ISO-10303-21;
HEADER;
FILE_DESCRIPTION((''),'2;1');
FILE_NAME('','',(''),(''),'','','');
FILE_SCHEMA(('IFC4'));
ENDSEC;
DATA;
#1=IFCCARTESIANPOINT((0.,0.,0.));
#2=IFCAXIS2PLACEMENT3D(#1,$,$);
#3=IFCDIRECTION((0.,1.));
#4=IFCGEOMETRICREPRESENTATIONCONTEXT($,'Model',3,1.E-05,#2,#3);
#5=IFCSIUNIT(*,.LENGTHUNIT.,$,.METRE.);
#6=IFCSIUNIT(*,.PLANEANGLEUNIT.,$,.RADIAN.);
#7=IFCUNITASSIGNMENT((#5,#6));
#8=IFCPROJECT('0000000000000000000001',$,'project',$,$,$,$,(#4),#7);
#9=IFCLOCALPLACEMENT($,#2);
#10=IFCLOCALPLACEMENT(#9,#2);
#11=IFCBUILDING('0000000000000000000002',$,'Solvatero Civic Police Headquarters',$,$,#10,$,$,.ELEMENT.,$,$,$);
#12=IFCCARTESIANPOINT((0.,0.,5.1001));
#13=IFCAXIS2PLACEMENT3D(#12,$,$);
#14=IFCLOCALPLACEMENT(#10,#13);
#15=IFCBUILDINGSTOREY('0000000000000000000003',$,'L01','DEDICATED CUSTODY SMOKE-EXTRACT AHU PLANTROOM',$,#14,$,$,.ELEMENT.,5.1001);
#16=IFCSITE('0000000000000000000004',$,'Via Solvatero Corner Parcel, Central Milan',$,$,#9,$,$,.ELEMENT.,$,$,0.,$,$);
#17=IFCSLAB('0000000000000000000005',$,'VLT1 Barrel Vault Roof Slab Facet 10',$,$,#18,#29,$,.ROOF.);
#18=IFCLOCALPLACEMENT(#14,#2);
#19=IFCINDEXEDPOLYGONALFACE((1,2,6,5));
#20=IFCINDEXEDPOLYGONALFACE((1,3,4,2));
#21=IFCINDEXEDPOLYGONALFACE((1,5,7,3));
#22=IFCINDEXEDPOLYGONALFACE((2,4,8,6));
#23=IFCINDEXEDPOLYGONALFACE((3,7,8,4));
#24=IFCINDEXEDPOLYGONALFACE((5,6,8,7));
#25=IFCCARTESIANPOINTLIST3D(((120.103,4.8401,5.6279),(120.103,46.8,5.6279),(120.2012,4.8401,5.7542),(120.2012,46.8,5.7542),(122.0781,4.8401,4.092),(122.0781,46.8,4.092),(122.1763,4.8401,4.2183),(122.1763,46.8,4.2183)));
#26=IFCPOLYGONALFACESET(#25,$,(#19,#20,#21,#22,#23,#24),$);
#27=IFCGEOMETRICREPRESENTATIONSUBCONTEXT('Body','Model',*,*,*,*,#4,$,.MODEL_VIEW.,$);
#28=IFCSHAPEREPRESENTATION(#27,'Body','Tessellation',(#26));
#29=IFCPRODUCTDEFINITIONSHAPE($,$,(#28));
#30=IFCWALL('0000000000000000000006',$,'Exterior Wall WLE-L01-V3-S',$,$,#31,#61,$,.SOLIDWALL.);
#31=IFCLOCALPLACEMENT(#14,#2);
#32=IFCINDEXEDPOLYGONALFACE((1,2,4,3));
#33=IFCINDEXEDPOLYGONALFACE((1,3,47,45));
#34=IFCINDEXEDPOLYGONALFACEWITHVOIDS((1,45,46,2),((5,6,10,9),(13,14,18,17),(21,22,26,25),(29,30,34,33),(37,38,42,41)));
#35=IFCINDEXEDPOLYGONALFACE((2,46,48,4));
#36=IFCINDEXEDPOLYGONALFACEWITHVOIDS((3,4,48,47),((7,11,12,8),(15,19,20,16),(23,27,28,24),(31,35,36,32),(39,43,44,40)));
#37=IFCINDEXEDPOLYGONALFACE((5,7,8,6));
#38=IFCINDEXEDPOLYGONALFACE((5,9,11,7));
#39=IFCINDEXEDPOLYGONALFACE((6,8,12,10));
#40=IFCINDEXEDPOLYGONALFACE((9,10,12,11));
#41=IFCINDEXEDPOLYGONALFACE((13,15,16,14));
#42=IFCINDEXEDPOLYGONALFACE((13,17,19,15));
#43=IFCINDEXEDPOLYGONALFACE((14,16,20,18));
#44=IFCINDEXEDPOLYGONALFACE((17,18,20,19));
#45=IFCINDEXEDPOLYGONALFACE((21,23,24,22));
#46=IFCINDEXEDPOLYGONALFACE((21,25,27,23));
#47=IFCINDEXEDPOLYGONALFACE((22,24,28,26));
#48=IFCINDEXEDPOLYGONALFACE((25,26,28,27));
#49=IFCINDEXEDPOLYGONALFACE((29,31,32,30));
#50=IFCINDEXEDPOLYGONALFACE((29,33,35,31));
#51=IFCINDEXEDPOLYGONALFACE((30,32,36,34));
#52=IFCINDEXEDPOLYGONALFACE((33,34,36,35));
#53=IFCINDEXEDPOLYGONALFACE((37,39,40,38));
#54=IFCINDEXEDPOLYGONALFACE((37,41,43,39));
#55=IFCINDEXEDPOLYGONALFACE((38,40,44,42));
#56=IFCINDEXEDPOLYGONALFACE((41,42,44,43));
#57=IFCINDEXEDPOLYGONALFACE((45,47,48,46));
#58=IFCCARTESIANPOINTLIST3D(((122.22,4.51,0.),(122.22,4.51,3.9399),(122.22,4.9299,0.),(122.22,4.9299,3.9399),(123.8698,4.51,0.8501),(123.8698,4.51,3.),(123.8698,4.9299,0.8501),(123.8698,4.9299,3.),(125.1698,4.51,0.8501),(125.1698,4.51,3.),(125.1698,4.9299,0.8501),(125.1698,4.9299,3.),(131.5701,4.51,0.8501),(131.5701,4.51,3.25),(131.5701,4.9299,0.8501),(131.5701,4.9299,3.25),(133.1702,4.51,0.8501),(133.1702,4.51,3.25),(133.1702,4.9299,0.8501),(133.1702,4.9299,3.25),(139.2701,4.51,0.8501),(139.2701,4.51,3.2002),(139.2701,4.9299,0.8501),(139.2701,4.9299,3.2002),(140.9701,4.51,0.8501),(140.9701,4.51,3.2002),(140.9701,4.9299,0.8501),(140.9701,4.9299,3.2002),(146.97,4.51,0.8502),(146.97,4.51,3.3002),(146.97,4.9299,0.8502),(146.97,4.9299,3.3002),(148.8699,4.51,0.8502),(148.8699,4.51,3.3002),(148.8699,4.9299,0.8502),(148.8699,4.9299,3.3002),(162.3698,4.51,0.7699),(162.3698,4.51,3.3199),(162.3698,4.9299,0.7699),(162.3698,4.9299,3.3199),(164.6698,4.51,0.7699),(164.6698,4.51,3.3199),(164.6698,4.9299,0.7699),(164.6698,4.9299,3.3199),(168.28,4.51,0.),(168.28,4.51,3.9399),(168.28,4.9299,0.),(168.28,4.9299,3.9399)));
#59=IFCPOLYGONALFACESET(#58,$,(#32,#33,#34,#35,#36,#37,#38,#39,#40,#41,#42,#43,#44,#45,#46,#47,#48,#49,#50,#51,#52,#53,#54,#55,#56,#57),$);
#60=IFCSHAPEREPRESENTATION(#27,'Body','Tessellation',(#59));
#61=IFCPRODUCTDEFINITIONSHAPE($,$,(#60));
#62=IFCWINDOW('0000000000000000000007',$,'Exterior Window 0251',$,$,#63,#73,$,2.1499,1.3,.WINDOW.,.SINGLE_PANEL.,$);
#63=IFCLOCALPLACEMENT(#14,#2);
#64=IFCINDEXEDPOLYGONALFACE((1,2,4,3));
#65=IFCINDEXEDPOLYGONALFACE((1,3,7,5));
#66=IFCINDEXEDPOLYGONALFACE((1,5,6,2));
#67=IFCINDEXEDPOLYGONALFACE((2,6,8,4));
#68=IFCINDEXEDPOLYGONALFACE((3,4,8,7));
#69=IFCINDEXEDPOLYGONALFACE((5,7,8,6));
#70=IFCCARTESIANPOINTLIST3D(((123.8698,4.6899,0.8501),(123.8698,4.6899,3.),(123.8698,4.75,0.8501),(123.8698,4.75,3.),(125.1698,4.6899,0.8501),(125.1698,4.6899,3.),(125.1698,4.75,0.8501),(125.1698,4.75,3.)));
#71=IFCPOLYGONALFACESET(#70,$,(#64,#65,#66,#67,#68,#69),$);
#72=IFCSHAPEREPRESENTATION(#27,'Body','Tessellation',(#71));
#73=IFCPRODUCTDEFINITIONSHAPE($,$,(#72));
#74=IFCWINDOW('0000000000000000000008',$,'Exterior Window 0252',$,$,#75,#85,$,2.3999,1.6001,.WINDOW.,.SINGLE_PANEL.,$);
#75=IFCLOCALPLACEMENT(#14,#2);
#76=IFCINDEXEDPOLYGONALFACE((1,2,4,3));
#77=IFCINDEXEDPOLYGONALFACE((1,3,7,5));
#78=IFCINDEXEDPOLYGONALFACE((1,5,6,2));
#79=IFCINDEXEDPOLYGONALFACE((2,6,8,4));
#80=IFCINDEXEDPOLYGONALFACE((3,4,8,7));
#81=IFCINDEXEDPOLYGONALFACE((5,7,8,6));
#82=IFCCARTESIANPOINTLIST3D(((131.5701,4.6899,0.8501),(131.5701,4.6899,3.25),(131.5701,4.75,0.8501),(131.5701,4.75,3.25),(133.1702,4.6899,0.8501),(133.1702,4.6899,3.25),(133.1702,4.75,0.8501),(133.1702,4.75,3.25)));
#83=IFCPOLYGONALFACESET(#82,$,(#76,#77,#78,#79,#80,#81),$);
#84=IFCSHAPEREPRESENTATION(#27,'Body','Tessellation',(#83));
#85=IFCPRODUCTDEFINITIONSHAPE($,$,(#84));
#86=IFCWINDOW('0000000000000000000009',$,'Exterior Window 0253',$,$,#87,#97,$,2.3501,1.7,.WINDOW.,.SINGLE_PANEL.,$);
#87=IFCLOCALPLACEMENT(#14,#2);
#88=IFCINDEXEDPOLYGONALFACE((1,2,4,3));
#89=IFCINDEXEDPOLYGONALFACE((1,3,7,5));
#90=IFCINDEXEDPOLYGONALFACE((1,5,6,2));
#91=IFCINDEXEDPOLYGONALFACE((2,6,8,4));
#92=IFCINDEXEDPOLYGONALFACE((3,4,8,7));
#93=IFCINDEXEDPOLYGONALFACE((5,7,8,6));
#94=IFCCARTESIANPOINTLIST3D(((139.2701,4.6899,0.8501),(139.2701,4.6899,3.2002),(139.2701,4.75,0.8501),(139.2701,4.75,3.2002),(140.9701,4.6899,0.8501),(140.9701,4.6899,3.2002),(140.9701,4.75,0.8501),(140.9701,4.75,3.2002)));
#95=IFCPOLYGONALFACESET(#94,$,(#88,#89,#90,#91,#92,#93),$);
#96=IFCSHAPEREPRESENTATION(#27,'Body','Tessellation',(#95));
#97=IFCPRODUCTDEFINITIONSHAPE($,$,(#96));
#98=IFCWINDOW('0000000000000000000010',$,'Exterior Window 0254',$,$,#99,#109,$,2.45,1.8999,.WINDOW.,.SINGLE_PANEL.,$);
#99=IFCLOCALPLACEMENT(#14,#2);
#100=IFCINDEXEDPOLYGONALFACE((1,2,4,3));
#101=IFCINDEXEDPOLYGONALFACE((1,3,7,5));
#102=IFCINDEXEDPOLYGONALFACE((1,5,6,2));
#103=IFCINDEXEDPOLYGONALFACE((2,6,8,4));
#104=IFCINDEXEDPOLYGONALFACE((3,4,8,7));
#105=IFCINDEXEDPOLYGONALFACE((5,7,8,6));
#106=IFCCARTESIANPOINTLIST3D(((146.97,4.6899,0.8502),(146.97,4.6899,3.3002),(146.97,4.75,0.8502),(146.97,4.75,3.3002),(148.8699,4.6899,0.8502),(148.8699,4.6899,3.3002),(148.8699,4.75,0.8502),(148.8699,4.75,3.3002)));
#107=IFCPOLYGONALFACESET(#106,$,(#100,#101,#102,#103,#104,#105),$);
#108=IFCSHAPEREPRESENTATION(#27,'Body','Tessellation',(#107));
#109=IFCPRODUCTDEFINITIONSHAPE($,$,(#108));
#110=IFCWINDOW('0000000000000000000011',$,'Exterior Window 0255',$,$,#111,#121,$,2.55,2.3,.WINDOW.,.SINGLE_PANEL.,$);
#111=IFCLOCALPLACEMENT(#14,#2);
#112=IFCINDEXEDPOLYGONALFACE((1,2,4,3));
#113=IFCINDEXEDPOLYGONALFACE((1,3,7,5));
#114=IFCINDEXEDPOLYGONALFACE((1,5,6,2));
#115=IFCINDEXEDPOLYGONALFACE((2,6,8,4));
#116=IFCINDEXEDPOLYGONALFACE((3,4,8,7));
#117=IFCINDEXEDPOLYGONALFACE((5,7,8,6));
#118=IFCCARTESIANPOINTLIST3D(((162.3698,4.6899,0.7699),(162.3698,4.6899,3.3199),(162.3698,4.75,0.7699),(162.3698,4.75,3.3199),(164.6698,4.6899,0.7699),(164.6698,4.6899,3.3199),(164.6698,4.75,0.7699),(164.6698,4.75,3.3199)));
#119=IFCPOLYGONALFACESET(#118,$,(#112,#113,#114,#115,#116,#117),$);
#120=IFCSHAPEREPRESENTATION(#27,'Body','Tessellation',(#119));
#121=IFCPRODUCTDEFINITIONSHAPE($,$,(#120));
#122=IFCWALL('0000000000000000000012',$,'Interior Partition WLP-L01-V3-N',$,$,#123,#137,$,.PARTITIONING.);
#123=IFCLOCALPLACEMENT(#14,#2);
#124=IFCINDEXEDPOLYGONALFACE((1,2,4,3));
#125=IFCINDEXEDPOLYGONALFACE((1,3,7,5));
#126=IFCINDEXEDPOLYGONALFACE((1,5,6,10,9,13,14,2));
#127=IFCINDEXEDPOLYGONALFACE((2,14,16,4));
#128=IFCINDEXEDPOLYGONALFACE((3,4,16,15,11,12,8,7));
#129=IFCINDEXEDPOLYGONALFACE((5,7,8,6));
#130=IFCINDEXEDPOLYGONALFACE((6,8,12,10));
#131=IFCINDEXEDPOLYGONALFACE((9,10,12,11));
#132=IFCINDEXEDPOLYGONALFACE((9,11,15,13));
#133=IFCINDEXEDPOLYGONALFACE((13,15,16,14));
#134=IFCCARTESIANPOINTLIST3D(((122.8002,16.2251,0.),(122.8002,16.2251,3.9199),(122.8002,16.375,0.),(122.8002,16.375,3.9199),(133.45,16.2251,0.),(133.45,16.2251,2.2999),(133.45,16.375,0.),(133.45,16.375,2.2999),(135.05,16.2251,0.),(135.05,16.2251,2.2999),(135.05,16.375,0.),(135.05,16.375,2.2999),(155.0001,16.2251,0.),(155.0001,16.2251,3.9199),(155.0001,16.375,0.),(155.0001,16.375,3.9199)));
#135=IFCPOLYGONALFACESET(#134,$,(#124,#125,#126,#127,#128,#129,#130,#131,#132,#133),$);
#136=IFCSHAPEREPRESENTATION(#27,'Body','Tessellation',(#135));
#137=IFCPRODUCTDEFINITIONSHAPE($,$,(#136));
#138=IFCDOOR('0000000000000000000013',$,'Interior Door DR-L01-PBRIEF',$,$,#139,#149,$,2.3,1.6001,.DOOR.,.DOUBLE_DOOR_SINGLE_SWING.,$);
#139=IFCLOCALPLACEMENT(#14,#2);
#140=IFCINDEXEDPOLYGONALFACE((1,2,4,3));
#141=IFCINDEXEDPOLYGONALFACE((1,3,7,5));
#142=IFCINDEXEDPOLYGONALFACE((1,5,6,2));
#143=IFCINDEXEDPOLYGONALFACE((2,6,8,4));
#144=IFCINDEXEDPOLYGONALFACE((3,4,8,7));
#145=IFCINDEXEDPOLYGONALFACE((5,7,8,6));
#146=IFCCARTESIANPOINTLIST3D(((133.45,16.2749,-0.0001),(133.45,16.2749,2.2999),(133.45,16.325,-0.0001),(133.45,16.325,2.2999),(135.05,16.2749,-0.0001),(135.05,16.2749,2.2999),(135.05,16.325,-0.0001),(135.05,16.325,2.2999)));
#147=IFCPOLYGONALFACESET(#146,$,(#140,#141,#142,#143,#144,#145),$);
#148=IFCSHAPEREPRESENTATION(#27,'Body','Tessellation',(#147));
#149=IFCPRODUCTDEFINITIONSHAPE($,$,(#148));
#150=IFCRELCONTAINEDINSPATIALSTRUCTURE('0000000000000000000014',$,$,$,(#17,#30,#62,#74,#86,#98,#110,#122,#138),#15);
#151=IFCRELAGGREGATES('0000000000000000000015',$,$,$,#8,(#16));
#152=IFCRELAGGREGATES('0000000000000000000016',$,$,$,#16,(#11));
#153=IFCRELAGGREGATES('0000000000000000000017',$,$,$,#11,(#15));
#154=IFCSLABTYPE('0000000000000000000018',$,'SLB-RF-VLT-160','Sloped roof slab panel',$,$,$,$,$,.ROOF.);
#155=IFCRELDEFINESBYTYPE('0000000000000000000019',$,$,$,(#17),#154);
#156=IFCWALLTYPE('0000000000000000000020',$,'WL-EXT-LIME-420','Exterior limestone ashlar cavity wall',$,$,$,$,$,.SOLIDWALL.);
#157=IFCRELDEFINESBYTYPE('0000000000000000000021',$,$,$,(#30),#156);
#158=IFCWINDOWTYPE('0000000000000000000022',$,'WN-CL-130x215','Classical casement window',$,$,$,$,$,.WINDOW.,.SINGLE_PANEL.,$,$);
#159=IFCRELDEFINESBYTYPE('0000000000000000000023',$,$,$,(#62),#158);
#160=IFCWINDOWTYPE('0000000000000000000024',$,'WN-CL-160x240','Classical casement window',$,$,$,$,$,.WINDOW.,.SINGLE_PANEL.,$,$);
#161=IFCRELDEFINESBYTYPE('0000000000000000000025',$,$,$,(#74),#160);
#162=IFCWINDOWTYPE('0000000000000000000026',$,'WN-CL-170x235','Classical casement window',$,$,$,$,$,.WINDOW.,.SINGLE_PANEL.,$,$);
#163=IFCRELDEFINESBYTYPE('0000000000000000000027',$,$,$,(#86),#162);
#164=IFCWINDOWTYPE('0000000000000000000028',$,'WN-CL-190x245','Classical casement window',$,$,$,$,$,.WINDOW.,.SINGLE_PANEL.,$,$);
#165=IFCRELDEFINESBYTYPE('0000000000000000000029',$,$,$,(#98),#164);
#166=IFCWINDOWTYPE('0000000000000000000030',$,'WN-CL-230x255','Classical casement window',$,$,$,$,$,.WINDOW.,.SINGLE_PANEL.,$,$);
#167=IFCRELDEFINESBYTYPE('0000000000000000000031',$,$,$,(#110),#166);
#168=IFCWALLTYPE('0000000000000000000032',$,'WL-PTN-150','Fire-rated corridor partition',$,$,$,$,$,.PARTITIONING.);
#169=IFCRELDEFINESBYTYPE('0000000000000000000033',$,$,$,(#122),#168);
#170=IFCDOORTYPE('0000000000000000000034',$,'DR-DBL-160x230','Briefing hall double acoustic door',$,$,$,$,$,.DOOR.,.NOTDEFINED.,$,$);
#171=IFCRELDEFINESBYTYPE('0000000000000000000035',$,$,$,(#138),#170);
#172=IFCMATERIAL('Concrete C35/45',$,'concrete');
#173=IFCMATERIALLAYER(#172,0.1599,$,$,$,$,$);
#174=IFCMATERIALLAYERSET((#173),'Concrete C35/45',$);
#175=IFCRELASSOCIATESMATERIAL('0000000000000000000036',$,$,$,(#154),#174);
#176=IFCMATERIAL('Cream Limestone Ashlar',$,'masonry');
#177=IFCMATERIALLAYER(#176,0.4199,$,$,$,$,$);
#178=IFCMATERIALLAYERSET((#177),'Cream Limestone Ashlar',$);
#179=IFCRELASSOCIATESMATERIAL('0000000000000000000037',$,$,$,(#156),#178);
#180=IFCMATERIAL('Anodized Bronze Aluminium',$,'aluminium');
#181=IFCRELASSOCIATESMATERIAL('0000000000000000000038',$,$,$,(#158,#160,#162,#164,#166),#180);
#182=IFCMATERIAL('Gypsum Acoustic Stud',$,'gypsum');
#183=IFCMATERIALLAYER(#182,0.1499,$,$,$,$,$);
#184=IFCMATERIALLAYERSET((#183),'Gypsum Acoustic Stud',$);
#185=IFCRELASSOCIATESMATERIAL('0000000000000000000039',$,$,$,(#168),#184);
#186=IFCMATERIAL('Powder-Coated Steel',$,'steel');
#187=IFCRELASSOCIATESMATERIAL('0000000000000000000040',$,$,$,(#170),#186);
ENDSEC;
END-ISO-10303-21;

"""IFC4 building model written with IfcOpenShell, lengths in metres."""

from ifc_helpers import new_model, si_unit, direction, frame, frame_2d, origin, place, context, subcontext, project, spatial, polyline, rectangle, outline, extrude, material, layer, layer_set, type_object, element, fill, save


model = new_model("IFC4")

# Units and contexts
model_context = context("Model", 3, precision=1e-05, world=origin(), true_north=direction((0.0, 1.0)))
body_context = subcontext(model_context, "Body", "Model", "MODEL_VIEW")
ifc_project = project(units=[si_unit("LENGTHUNIT", "METRE"), si_unit("PLANEANGLEUNIT", "RADIAN")], contexts=[model_context])

# Site, building, storey
site_placement = place(None, origin())
site = spatial("IfcSite", under=ifc_project, at=site_placement, Name="Via Solvatero Corner Parcel, Central Milan", CompositionType="ELEMENT", RefElevation=0.0)
building_placement = place(site_placement, origin())
building = spatial("IfcBuilding", under=site, at=building_placement, Name="Solvatero Civic Police Headquarters", CompositionType="ELEMENT")
storey_placement = place(building_placement, frame((0.0, 0.0, 5.1001)))
storey = spatial("IfcBuildingStorey", under=building, at=storey_placement, Name="L01", Description="DEDICATED CUSTODY SMOKE-EXTRACT AHU PLANTROOM", CompositionType="ELEMENT", Elevation=5.1001)

# Shared definitions
ifc_material_1 = material(Name="Anodized Bronze Aluminium", Category="aluminium")

# Slab
ifc_material_2 = material(Name="Concrete C35/45", Category="concrete")
ifc_layer_1 = layer(ifc_material_2, 0.1599)
ifc_layer_set_1 = layer_set([ifc_layer_1], Name="Concrete C35/45")
slab_type_1 = type_object("IfcSlabType", Name="SLB-RF-VLT-160", Description="Sloped roof slab panel", PredefinedType="ROOF", material=ifc_layer_set_1)
slab_1_placement = place(storey_placement, frame((120.2012, 4.8401, 5.7542), z_axis=(0.613866, 0.0, 0.78941), x_axis=(0.78941, 0.0, -0.613866)))
element("IfcSlab", 1, at=slab_1_placement, inside=storey, type_object=slab_type_1, Name="VLT1 Barrel Vault Roof Slab Facet 10", PredefinedType="ROOF", context=body_context, shape_type="SweptSolid", body=[
    extrude(outline(polyline([(0.0, 0.0), (2.502, 0.0), (2.502, 41.96), (0.0, 41.96), (0.0, 0.0)])), origin(), (0.0, 0.0, -1.0), 0.1599),
])

# Wall, openings, windows
ifc_material_3 = material(Name="Cream Limestone Ashlar", Category="masonry")
ifc_layer_2 = layer(ifc_material_3, 0.4199)
ifc_layer_set_2 = layer_set([ifc_layer_2], Name="Cream Limestone Ashlar")
wall_type_1 = type_object("IfcWallType", Name="WL-EXT-LIME-420", Description="Exterior limestone ashlar cavity wall", PredefinedType="SOLIDWALL", material=ifc_layer_set_2)
wall_1_placement = place(storey_placement, frame((122.22, 4.72, 0.0), z_axis=(0.0, 0.0, 1.0), x_axis=(1.0, 0.0, 0.0)))
wall_1 = element("IfcWall", 2, at=wall_1_placement, inside=storey, type_object=wall_type_1, Name="Exterior Wall WLE-L01-V3-S", PredefinedType="SOLIDWALL", context=body_context, shape_type="SweptSolid", body=[
    extrude(rectangle(XDim=46.0601, YDim=0.4199, at=frame_2d((23.03, 0.0))), origin(), (0.0, 0.0, 1.0), 3.9399),
])
opening_1_placement = place(wall_1_placement, frame((1.6499, 0.0, 0.8501)))
opening_1 = element("IfcOpeningElement", 3, at=opening_1_placement, cuts=wall_1, PredefinedType="OPENING", context=body_context, shape_type="SweptSolid", body=[
    extrude(rectangle(XDim=1.3, YDim=2.1499, at=frame_2d((0.6499, 1.075))), frame((0.0, 0.22, 0.0), z_axis=(0.0, -1.0, 0.0), x_axis=(1.0, 0.0, 0.0)), (0.0, 0.0, 1.0), 0.4399),
])
opening_2_placement = place(wall_1_placement, frame((9.3501, 0.0, 0.8501)))
opening_2 = element("IfcOpeningElement", 4, at=opening_2_placement, cuts=wall_1, PredefinedType="OPENING", context=body_context, shape_type="SweptSolid", body=[
    extrude(rectangle(XDim=1.6001, YDim=2.3999, at=frame_2d((0.8, 1.2))), frame((0.0, 0.22, 0.0), z_axis=(0.0, -1.0, 0.0), x_axis=(1.0, 0.0, 0.0)), (0.0, 0.0, 1.0), 0.4399),
])
opening_3_placement = place(wall_1_placement, frame((17.05, 0.0, 0.8501)))
opening_3 = element("IfcOpeningElement", 5, at=opening_3_placement, cuts=wall_1, PredefinedType="OPENING", context=body_context, shape_type="SweptSolid", body=[
    extrude(rectangle(XDim=1.7, YDim=2.3501, at=frame_2d((0.8501, 1.175))), frame((0.0, 0.22, 0.0), z_axis=(0.0, -1.0, 0.0), x_axis=(1.0, 0.0, 0.0)), (0.0, 0.0, 1.0), 0.4399),
])
opening_4_placement = place(wall_1_placement, frame((24.75, 0.0, 0.8501)))
opening_4 = element("IfcOpeningElement", 6, at=opening_4_placement, cuts=wall_1, PredefinedType="OPENING", context=body_context, shape_type="SweptSolid", body=[
    extrude(rectangle(XDim=1.8999, YDim=2.45, at=frame_2d((0.95, 1.2251))), frame((0.0, 0.22, 0.0), z_axis=(0.0, -1.0, 0.0), x_axis=(1.0, 0.0, 0.0)), (0.0, 0.0, 1.0), 0.4399),
])
opening_5_placement = place(wall_1_placement, frame((40.1499, 0.0, 0.77)))
opening_5 = element("IfcOpeningElement", 7, at=opening_5_placement, cuts=wall_1, PredefinedType="OPENING", context=body_context, shape_type="SweptSolid", body=[
    extrude(rectangle(XDim=2.3, YDim=2.55, at=frame_2d((1.1499, 1.2749))), frame((0.0, 0.22, 0.0), z_axis=(0.0, -1.0, 0.0), x_axis=(1.0, 0.0, 0.0)), (0.0, 0.0, 1.0), 0.4399),
])
window_type_1 = type_object("IfcWindowType", Name="WN-CL-130x215", Description="Classical casement window", PartitioningType="SINGLE_PANEL", PredefinedType="WINDOW", material=ifc_material_1)
window_1_placement = place(opening_1_placement, origin())
window_1 = element("IfcWindow", 8, at=window_1_placement, inside=storey, type_object=window_type_1, Name="Exterior Window 0251", OverallHeight=2.1499, OverallWidth=1.3, PartitioningType="SINGLE_PANEL", PredefinedType="WINDOW", context=body_context, shape_type="SweptSolid", body=[
    extrude(rectangle(XDim=1.3, YDim=2.1499, at=frame_2d((0.6499, 1.075))), frame((0.0, 0.03, 0.0), z_axis=(0.0, -1.0, 0.0), x_axis=(1.0, 0.0, 0.0)), (0.0, 0.0, 1.0), 0.0601),
])
fill(opening_1, window_1)
window_type_2 = type_object("IfcWindowType", Name="WN-CL-160x240", Description="Classical casement window", PartitioningType="SINGLE_PANEL", PredefinedType="WINDOW", material=ifc_material_1)
window_2_placement = place(opening_2_placement, origin())
window_2 = element("IfcWindow", 9, at=window_2_placement, inside=storey, type_object=window_type_2, Name="Exterior Window 0252", OverallHeight=2.3999, OverallWidth=1.6001, PartitioningType="SINGLE_PANEL", PredefinedType="WINDOW", context=body_context, shape_type="SweptSolid", body=[
    extrude(rectangle(XDim=1.6001, YDim=2.3999, at=frame_2d((0.8, 1.2))), frame((0.0, 0.03, 0.0), z_axis=(0.0, -1.0, 0.0), x_axis=(1.0, 0.0, 0.0)), (0.0, 0.0, 1.0), 0.0601),
])
fill(opening_2, window_2)
window_type_3 = type_object("IfcWindowType", Name="WN-CL-170x235", Description="Classical casement window", PartitioningType="SINGLE_PANEL", PredefinedType="WINDOW", material=ifc_material_1)
window_3_placement = place(opening_3_placement, origin())
window_3 = element("IfcWindow", 10, at=window_3_placement, inside=storey, type_object=window_type_3, Name="Exterior Window 0253", OverallHeight=2.3501, OverallWidth=1.7, PartitioningType="SINGLE_PANEL", PredefinedType="WINDOW", context=body_context, shape_type="SweptSolid", body=[
    extrude(rectangle(XDim=1.7, YDim=2.3501, at=frame_2d((0.8501, 1.175))), frame((0.0, 0.03, 0.0), z_axis=(0.0, -1.0, 0.0), x_axis=(1.0, 0.0, 0.0)), (0.0, 0.0, 1.0), 0.0601),
])
fill(opening_3, window_3)
window_type_4 = type_object("IfcWindowType", Name="WN-CL-190x245", Description="Classical casement window", PartitioningType="SINGLE_PANEL", PredefinedType="WINDOW", material=ifc_material_1)
window_4_placement = place(opening_4_placement, origin())
window_4 = element("IfcWindow", 11, at=window_4_placement, inside=storey, type_object=window_type_4, Name="Exterior Window 0254", OverallHeight=2.45, OverallWidth=1.8999, PartitioningType="SINGLE_PANEL", PredefinedType="WINDOW", context=body_context, shape_type="SweptSolid", body=[
    extrude(rectangle(XDim=1.8999, YDim=2.45, at=frame_2d((0.95, 1.2251))), frame((0.0, 0.03, 0.0), z_axis=(0.0, -1.0, 0.0), x_axis=(1.0, 0.0, 0.0)), (0.0, 0.0, 1.0), 0.0601),
])
fill(opening_4, window_4)
window_type_5 = type_object("IfcWindowType", Name="WN-CL-230x255", Description="Classical casement window", PartitioningType="SINGLE_PANEL", PredefinedType="WINDOW", material=ifc_material_1)
window_5_placement = place(opening_5_placement, origin())
window_5 = element("IfcWindow", 12, at=window_5_placement, inside=storey, type_object=window_type_5, Name="Exterior Window 0255", OverallHeight=2.55, OverallWidth=2.3, PartitioningType="SINGLE_PANEL", PredefinedType="WINDOW", context=body_context, shape_type="SweptSolid", body=[
    extrude(rectangle(XDim=2.3, YDim=2.55, at=frame_2d((1.1499, 1.2749))), frame((0.0, 0.03, 0.0), z_axis=(0.0, -1.0, 0.0), x_axis=(1.0, 0.0, 0.0)), (0.0, 0.0, 1.0), 0.0601),
])
fill(opening_5, window_5)

# Wall, opening, door
ifc_material_4 = material(Name="Gypsum Acoustic Stud", Category="gypsum")
ifc_layer_3 = layer(ifc_material_4, 0.1499)
ifc_layer_set_3 = layer_set([ifc_layer_3], Name="Gypsum Acoustic Stud")
wall_type_2 = type_object("IfcWallType", Name="WL-PTN-150", Description="Fire-rated corridor partition", PredefinedType="PARTITIONING", material=ifc_layer_set_3)
wall_2_placement = place(storey_placement, frame((122.8, 16.3, 0.0), z_axis=(0.0, 0.0, 1.0), x_axis=(1.0, 0.0, 0.0)))
wall_2 = element("IfcWall", 13, at=wall_2_placement, inside=storey, type_object=wall_type_2, Name="Interior Partition WLP-L01-V3-N", PredefinedType="PARTITIONING", context=body_context, shape_type="SweptSolid", body=[
    extrude(rectangle(XDim=32.2, YDim=0.1499, at=frame_2d((16.1001, 0.0))), origin(), (0.0, 0.0, 1.0), 3.9199),
])
opening_6_placement = place(wall_2_placement, frame((10.6499, 0.0, 0.0)))
opening_6 = element("IfcOpeningElement", 14, at=opening_6_placement, cuts=wall_2, PredefinedType="OPENING", context=body_context, shape_type="SweptSolid", body=[
    extrude(rectangle(XDim=1.6001, YDim=2.3, at=frame_2d((0.8, 1.1499))), frame((0.0, 0.085, 0.0), z_axis=(0.0, -1.0, 0.0), x_axis=(1.0, 0.0, 0.0)), (0.0, 0.0, 1.0), 0.1699),
])
ifc_material_5 = material(Name="Powder-Coated Steel", Category="steel")
door_type = type_object("IfcDoorType", Name="DR-DBL-160x230", Description="Briefing hall double acoustic door", OperationType="NOTDEFINED", PredefinedType="DOOR", material=ifc_material_5)
door_placement = place(opening_6_placement, origin())
door = element("IfcDoor", 15, at=door_placement, inside=storey, type_object=door_type, Name="Interior Door DR-L01-PBRIEF", OperationType="DOUBLE_DOOR_SINGLE_SWING", OverallHeight=2.3, OverallWidth=1.6001, PredefinedType="DOOR", context=body_context, shape_type="SweptSolid", body=[
    extrude(rectangle(XDim=1.6001, YDim=2.3, at=frame_2d((0.8, 1.1499))), frame((0.0, 0.0249, 0.0), z_axis=(0.0, -1.0, 0.0), x_axis=(1.0, 0.0, 0.0)), (0.0, 0.0, 1.0), 0.05),
])
fill(opening_6, door)

save(model, "model.ifc")
